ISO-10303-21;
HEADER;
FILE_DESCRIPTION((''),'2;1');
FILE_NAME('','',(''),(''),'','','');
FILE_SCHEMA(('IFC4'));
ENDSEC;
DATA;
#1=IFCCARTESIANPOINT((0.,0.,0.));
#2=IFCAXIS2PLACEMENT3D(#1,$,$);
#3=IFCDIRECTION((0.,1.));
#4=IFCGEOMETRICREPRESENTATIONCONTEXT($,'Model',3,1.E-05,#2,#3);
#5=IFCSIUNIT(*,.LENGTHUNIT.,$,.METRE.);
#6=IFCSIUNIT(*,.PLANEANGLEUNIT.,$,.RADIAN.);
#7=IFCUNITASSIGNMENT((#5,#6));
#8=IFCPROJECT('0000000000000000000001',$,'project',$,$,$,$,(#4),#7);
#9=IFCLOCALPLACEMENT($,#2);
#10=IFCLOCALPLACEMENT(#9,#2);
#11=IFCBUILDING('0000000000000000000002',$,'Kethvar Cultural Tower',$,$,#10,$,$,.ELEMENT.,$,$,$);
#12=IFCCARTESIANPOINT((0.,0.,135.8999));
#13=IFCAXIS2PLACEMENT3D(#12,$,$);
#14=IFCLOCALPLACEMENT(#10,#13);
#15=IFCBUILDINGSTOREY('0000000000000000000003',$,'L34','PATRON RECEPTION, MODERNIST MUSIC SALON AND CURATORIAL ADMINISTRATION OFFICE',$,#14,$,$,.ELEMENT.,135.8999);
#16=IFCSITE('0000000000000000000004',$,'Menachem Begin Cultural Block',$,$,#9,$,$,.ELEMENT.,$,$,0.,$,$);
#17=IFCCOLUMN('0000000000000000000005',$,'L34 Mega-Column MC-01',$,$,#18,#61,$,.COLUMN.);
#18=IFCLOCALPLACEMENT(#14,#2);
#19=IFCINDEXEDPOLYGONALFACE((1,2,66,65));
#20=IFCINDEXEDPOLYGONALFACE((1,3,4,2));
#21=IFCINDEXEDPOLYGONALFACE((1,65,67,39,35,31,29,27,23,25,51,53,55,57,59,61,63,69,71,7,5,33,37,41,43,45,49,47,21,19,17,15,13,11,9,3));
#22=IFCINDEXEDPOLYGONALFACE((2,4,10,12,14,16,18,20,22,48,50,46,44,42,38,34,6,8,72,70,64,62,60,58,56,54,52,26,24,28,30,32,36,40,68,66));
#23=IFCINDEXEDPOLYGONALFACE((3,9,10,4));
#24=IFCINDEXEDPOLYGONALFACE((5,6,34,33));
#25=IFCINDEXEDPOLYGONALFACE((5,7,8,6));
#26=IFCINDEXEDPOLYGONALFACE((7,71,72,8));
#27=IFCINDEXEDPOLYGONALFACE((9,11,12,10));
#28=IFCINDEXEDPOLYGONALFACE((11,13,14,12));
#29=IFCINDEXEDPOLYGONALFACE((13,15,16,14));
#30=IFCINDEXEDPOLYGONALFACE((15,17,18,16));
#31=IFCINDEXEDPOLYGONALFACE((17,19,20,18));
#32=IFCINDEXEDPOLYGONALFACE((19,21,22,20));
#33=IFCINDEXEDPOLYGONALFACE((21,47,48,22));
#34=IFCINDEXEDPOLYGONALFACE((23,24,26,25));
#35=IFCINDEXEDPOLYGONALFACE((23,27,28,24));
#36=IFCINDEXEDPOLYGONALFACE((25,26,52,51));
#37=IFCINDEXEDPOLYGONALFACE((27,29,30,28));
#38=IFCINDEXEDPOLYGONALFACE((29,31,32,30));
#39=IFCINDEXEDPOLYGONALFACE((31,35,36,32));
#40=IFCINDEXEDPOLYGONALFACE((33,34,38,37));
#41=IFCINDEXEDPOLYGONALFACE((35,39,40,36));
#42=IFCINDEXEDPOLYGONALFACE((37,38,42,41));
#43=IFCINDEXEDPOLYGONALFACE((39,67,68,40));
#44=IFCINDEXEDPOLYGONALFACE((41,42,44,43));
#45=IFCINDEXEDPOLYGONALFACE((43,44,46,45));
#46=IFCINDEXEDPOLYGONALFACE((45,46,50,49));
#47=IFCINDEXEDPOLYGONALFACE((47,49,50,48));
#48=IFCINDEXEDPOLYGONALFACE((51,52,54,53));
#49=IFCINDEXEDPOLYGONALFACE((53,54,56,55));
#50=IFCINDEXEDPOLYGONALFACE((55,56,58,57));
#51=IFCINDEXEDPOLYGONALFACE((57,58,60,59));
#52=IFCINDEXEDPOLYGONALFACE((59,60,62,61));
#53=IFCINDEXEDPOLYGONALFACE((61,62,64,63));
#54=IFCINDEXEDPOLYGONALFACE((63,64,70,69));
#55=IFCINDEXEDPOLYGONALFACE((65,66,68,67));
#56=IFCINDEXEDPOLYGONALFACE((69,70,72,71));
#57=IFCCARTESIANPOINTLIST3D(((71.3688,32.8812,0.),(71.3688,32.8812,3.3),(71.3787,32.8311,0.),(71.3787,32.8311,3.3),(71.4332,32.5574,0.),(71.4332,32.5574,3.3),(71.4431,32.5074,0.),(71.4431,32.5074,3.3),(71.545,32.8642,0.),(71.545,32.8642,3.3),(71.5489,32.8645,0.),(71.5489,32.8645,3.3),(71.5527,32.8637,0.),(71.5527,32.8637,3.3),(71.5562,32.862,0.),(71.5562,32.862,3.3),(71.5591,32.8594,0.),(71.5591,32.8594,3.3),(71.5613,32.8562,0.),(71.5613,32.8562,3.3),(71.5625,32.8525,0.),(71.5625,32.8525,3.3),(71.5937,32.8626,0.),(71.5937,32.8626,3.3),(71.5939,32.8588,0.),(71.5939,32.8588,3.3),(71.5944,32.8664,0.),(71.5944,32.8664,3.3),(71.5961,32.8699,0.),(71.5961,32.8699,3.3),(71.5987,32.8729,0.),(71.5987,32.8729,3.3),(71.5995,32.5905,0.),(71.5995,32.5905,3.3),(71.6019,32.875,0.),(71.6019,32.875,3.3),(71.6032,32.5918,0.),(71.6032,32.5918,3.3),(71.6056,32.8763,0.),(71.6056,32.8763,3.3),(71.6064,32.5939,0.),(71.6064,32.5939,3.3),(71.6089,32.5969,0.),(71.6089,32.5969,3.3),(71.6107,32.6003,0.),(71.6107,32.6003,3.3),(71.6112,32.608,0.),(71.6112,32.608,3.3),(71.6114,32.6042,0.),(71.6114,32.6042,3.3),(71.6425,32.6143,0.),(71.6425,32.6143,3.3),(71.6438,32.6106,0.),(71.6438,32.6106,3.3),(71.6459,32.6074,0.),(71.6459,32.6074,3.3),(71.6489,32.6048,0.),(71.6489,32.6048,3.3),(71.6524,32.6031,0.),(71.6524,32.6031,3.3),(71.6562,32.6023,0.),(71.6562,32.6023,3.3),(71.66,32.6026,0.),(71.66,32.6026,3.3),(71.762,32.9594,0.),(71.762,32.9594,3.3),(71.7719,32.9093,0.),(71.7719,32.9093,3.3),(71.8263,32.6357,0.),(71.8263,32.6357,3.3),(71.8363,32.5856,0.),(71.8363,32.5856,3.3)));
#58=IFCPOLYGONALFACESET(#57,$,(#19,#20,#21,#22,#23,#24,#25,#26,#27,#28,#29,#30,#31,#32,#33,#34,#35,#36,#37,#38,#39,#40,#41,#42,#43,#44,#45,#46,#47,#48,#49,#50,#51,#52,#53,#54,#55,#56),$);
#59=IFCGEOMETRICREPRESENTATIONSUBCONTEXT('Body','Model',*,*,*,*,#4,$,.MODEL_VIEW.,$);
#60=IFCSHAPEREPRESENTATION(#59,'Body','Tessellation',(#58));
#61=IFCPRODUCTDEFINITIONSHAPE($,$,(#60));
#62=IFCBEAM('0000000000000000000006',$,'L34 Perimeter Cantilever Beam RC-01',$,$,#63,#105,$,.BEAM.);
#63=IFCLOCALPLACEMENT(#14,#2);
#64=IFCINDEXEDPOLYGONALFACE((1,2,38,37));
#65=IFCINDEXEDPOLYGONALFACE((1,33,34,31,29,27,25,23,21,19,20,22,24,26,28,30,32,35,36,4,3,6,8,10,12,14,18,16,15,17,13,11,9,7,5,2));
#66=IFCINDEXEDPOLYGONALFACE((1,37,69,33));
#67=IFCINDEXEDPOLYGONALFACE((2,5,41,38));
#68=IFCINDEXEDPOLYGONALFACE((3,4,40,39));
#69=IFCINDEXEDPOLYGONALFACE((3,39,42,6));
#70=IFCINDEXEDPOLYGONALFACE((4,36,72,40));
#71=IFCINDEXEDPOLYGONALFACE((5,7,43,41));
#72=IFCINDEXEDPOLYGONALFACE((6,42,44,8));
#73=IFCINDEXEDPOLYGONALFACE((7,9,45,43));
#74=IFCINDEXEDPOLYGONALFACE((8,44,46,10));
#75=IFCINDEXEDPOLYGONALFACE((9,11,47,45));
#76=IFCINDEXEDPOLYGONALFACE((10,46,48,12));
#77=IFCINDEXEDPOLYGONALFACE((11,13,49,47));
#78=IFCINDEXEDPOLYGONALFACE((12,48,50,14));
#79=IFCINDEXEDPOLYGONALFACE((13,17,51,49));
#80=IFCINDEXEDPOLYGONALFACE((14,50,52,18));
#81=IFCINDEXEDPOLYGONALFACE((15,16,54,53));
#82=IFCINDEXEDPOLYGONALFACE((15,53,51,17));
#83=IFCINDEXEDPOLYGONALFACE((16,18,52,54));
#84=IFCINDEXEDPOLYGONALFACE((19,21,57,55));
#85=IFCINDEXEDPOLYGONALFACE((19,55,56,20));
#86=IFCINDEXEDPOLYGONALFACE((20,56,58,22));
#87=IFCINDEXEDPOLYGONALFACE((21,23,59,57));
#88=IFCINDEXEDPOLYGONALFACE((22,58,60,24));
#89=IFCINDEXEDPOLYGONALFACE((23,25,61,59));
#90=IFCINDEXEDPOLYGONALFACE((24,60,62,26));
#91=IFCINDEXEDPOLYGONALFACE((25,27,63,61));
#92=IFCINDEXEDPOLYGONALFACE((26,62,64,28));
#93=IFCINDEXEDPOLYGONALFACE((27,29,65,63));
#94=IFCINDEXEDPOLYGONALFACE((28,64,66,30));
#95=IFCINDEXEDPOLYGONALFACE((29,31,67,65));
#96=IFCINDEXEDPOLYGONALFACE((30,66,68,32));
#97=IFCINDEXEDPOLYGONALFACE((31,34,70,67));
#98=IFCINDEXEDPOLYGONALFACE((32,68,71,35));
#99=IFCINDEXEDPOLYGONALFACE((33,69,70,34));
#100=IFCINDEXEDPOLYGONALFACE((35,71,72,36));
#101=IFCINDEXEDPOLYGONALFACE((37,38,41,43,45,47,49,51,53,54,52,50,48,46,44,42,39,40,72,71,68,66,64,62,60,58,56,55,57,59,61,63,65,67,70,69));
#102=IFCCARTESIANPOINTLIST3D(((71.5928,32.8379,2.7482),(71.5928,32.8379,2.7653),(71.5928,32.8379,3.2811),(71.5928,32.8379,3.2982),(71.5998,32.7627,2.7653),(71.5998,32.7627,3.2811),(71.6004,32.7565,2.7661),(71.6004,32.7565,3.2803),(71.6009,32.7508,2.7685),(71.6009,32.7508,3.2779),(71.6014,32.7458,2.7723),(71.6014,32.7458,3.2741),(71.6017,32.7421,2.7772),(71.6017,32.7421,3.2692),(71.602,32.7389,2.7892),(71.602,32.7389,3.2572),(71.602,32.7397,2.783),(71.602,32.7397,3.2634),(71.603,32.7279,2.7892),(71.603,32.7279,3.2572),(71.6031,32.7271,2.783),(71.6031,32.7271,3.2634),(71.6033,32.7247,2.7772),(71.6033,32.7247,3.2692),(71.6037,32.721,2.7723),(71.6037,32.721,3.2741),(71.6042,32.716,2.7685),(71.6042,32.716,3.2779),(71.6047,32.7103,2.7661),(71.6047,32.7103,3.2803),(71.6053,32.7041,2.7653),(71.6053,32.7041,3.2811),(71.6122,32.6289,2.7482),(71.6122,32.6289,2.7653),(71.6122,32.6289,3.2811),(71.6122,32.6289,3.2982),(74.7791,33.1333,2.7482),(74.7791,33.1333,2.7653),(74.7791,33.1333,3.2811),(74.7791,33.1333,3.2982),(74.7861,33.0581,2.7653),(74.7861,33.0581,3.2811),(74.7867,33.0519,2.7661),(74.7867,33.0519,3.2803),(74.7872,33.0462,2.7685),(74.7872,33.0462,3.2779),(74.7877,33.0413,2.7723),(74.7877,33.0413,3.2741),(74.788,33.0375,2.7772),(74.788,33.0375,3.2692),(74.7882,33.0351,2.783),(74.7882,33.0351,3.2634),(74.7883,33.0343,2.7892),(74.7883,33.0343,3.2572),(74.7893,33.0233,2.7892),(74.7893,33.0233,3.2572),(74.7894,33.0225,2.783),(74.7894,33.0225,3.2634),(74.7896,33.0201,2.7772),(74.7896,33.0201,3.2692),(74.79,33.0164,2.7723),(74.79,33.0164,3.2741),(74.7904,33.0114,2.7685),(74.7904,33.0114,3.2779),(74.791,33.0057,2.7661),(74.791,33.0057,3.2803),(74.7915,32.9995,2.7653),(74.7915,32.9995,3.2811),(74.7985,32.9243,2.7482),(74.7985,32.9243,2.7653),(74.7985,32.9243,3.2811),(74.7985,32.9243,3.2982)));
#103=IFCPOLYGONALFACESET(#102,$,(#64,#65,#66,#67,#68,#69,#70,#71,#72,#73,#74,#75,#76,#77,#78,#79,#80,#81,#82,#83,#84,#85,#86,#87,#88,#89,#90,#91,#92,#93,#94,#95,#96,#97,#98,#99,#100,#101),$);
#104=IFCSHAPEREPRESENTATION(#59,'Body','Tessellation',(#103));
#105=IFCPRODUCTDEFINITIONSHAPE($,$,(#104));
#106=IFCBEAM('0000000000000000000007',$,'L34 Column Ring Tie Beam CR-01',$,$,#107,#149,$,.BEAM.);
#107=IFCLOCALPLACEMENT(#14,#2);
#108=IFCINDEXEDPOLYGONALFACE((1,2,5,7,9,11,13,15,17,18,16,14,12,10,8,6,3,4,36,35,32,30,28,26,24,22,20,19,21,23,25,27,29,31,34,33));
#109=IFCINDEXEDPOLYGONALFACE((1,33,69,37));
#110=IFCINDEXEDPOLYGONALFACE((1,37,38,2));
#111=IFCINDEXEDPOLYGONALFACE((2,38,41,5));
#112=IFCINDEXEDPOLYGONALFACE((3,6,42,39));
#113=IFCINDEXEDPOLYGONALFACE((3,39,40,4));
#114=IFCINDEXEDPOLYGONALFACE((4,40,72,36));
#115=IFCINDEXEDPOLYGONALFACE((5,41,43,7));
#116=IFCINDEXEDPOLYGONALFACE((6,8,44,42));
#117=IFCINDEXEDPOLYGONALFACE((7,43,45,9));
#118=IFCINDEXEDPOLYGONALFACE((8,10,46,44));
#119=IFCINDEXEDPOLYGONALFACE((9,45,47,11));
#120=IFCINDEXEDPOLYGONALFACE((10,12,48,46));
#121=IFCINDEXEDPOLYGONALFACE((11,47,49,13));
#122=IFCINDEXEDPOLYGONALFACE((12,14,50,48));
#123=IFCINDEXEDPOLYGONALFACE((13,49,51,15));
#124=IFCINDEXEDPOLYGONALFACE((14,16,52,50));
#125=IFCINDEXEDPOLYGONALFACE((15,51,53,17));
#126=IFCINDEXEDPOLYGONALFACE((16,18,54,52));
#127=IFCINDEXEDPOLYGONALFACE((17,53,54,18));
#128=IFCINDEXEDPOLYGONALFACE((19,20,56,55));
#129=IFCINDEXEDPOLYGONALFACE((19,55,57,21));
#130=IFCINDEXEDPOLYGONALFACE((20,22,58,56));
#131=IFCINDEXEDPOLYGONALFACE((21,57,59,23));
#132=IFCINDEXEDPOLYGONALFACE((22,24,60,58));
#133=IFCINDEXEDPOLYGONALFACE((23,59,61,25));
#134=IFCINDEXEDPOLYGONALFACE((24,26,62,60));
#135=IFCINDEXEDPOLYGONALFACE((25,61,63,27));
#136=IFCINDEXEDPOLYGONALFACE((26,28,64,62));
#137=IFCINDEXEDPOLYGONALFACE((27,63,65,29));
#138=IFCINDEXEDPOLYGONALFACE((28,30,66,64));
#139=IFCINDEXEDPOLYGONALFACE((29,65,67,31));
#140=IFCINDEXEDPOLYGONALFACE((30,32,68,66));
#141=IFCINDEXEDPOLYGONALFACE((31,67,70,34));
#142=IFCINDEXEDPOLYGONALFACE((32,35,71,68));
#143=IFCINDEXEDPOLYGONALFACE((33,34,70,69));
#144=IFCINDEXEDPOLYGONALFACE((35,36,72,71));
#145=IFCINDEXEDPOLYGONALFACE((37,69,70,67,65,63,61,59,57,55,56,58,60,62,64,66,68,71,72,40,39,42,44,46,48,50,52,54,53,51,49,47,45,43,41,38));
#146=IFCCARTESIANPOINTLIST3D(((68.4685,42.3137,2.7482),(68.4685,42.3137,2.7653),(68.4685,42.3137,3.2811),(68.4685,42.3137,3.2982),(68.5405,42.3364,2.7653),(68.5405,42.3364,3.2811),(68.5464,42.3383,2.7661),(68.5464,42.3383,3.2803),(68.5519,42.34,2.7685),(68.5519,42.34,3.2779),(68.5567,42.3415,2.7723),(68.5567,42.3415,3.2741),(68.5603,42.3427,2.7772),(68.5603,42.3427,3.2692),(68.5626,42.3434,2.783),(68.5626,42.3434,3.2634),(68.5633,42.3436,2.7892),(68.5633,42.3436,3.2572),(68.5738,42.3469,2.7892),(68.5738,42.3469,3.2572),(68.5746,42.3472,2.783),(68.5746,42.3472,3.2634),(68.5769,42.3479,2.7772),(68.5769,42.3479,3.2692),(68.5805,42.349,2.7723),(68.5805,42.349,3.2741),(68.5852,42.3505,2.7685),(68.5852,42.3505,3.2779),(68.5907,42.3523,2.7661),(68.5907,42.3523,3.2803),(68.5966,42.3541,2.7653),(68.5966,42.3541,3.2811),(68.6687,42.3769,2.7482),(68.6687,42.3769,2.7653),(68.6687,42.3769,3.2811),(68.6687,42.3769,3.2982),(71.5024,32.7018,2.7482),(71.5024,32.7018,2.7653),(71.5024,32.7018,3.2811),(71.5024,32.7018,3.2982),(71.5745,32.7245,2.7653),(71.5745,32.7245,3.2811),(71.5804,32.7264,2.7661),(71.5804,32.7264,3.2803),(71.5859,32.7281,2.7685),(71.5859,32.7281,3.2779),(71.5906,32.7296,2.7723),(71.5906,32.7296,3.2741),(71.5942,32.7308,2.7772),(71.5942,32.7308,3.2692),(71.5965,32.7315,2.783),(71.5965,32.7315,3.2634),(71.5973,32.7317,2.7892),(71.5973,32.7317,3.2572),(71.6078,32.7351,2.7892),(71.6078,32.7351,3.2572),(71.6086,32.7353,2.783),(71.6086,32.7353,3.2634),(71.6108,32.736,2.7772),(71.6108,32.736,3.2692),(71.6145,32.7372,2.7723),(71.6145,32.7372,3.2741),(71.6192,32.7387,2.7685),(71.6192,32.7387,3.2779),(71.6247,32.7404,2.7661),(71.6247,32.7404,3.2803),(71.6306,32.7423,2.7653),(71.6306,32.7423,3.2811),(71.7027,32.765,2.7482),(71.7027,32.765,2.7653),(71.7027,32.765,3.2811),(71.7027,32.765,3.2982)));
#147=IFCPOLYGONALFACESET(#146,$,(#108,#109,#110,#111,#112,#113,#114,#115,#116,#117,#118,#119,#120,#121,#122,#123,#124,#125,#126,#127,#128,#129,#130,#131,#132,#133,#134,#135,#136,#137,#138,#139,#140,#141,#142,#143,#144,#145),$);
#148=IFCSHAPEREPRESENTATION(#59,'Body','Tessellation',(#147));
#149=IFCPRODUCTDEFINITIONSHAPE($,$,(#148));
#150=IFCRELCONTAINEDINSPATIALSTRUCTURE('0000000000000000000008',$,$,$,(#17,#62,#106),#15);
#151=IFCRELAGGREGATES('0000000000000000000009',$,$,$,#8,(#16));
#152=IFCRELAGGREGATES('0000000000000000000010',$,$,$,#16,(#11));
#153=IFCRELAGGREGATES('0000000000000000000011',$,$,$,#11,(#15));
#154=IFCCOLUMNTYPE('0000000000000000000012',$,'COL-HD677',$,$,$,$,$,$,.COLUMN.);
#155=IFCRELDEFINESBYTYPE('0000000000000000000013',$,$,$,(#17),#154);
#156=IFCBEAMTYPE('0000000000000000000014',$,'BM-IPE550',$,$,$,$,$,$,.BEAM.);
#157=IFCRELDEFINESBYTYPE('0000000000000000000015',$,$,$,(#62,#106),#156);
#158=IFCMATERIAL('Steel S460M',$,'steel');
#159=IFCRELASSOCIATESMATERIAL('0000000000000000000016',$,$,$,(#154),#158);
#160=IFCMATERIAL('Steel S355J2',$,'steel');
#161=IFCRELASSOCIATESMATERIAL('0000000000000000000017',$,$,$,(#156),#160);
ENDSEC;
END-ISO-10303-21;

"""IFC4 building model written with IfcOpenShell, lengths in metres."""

from ifc_helpers import new_model, si_unit, direction, frame, origin, origin_2d, place, context, subcontext, project, spatial, i_section, extrude, source, transform, mapped, material, material_profile, profile_set, type_object, element, save


model = new_model("IFC4")

# Units and contexts
model_context = context("Model", 3, precision=1e-05, world=origin(), true_north=direction((0.0, 1.0)))
body_context = subcontext(model_context, "Body", "Model", "MODEL_VIEW")
ifc_project = project(units=[si_unit("LENGTHUNIT", "METRE"), si_unit("PLANEANGLEUNIT", "RADIAN")], contexts=[model_context])

# Site, building, storey
site_placement = place(None, origin())
site = spatial("IfcSite", under=ifc_project, at=site_placement, Name="Menachem Begin Cultural Block", CompositionType="ELEMENT", RefElevation=0.0)
building_placement = place(site_placement, origin())
building = spatial("IfcBuilding", under=site, at=building_placement, Name="Kethvar Cultural Tower", CompositionType="ELEMENT")
storey_placement = place(building_placement, frame((0.0, 0.0, 135.8999)))
storey = spatial("IfcBuildingStorey", under=building, at=storey_placement, Name="L34", Description="PATRON RECEPTION, MODERNIST MUSIC SALON AND CURATORIAL ADMINISTRATION OFFICE", CompositionType="ELEMENT", Elevation=135.8999)

# Column
ifc_material_1 = material(Name="Steel S460M", Category="steel")
ifc_material_profile_1 = material_profile(ifc_material_1, i_section(OverallWidth=0.4009, OverallDepth=0.3811, WebThickness=0.032, FlangeThickness=0.051, FilletRadius=0.0149, at=origin_2d()), Name="Steel S460M — HD400x677")
ifc_profile_set_1 = profile_set([ifc_material_profile_1], Name="Steel S460M — HD400x677")
column_type = type_object("IfcColumnType", Name="COL-HD677", PredefinedType="COLUMN", material=ifc_profile_set_1)
shared_shape_1 = source(origin(), body_context, "Body", "SweptSolid", [
    extrude(i_section(OverallWidth=0.4009, OverallDepth=0.3811, WebThickness=0.032, FlangeThickness=0.051, FilletRadius=0.0149, at=origin_2d()), origin(), (0.0, 0.0, 1.0), 3.3),
])
column_placement = place(storey_placement, frame((71.6025, 32.7334, 0.0), z_axis=(0.0, 0.0, 1.0), x_axis=(0.980785, 0.19509, 0.0)))
element("IfcColumn", 1, at=column_placement, inside=storey, type_object=column_type, Name="L34 Mega-Column MC-01", PredefinedType="COLUMN", context=body_context, shape_type="MappedRepresentation", body=[
    mapped(shared_shape_1, transform((0.0, 0.0, 0.0), scale=1.0)),
])

# Beams
ifc_material_2 = material(Name="Steel S355J2", Category="steel")
ifc_material_profile_2 = material_profile(ifc_material_2, i_section(OverallWidth=0.21, OverallDepth=0.55, WebThickness=0.011, FlangeThickness=0.0171, FilletRadius=0.0239, at=origin_2d()), Name="Steel S355J2 — IPE550")
ifc_profile_set_2 = profile_set([ifc_material_profile_2], Name="Steel S355J2 — IPE550")
beam_type_1 = type_object("IfcBeamType", Name="BM-IPE550", PredefinedType="BEAM", material=ifc_profile_set_2)
shared_shape_2 = source(origin(), body_context, "Body", "SweptSolid", [
    extrude(i_section(OverallWidth=0.21, OverallDepth=0.55, WebThickness=0.011, FlangeThickness=0.0171, FilletRadius=0.0239, at=origin_2d()), origin(), (0.0, 0.0, 1.0), 3.2),
])
beam_1_placement = place(storey_placement, frame((71.6025, 32.7334, 3.0232), z_axis=(0.99573, 0.092317, 0.0), x_axis=(-0.092317, 0.99573, 0.0)))
element("IfcBeam", 2, at=beam_1_placement, inside=storey, type_object=beam_type_1, Name="L34 Perimeter Cantilever Beam RC-01", PredefinedType="BEAM", context=body_context, shape_type="MappedRepresentation", body=[
    mapped(shared_shape_2, transform((0.0, 0.0, 0.0), scale=1.0)),
])
shared_shape_3 = source(origin(), body_context, "Body", "SweptSolid", [
    extrude(i_section(OverallWidth=0.21, OverallDepth=0.55, WebThickness=0.011, FlangeThickness=0.0171, FilletRadius=0.0239, at=origin_2d()), origin(), (0.0, 0.0, 1.0), 10.0793),
])
beam_2_placement = place(storey_placement, frame((71.6025, 32.7334, 3.0232), z_axis=(-0.301007, 0.953622, 0.0), x_axis=(-0.953622, -0.301007, 0.0)))
element("IfcBeam", 3, at=beam_2_placement, inside=storey, type_object=beam_type_1, Name="L34 Column Ring Tie Beam CR-01", PredefinedType="BEAM", context=body_context, shape_type="MappedRepresentation", body=[
    mapped(shared_shape_3, transform((0.0, 0.0, 0.0), scale=1.0)),
])

save(model, "model.ifc")
